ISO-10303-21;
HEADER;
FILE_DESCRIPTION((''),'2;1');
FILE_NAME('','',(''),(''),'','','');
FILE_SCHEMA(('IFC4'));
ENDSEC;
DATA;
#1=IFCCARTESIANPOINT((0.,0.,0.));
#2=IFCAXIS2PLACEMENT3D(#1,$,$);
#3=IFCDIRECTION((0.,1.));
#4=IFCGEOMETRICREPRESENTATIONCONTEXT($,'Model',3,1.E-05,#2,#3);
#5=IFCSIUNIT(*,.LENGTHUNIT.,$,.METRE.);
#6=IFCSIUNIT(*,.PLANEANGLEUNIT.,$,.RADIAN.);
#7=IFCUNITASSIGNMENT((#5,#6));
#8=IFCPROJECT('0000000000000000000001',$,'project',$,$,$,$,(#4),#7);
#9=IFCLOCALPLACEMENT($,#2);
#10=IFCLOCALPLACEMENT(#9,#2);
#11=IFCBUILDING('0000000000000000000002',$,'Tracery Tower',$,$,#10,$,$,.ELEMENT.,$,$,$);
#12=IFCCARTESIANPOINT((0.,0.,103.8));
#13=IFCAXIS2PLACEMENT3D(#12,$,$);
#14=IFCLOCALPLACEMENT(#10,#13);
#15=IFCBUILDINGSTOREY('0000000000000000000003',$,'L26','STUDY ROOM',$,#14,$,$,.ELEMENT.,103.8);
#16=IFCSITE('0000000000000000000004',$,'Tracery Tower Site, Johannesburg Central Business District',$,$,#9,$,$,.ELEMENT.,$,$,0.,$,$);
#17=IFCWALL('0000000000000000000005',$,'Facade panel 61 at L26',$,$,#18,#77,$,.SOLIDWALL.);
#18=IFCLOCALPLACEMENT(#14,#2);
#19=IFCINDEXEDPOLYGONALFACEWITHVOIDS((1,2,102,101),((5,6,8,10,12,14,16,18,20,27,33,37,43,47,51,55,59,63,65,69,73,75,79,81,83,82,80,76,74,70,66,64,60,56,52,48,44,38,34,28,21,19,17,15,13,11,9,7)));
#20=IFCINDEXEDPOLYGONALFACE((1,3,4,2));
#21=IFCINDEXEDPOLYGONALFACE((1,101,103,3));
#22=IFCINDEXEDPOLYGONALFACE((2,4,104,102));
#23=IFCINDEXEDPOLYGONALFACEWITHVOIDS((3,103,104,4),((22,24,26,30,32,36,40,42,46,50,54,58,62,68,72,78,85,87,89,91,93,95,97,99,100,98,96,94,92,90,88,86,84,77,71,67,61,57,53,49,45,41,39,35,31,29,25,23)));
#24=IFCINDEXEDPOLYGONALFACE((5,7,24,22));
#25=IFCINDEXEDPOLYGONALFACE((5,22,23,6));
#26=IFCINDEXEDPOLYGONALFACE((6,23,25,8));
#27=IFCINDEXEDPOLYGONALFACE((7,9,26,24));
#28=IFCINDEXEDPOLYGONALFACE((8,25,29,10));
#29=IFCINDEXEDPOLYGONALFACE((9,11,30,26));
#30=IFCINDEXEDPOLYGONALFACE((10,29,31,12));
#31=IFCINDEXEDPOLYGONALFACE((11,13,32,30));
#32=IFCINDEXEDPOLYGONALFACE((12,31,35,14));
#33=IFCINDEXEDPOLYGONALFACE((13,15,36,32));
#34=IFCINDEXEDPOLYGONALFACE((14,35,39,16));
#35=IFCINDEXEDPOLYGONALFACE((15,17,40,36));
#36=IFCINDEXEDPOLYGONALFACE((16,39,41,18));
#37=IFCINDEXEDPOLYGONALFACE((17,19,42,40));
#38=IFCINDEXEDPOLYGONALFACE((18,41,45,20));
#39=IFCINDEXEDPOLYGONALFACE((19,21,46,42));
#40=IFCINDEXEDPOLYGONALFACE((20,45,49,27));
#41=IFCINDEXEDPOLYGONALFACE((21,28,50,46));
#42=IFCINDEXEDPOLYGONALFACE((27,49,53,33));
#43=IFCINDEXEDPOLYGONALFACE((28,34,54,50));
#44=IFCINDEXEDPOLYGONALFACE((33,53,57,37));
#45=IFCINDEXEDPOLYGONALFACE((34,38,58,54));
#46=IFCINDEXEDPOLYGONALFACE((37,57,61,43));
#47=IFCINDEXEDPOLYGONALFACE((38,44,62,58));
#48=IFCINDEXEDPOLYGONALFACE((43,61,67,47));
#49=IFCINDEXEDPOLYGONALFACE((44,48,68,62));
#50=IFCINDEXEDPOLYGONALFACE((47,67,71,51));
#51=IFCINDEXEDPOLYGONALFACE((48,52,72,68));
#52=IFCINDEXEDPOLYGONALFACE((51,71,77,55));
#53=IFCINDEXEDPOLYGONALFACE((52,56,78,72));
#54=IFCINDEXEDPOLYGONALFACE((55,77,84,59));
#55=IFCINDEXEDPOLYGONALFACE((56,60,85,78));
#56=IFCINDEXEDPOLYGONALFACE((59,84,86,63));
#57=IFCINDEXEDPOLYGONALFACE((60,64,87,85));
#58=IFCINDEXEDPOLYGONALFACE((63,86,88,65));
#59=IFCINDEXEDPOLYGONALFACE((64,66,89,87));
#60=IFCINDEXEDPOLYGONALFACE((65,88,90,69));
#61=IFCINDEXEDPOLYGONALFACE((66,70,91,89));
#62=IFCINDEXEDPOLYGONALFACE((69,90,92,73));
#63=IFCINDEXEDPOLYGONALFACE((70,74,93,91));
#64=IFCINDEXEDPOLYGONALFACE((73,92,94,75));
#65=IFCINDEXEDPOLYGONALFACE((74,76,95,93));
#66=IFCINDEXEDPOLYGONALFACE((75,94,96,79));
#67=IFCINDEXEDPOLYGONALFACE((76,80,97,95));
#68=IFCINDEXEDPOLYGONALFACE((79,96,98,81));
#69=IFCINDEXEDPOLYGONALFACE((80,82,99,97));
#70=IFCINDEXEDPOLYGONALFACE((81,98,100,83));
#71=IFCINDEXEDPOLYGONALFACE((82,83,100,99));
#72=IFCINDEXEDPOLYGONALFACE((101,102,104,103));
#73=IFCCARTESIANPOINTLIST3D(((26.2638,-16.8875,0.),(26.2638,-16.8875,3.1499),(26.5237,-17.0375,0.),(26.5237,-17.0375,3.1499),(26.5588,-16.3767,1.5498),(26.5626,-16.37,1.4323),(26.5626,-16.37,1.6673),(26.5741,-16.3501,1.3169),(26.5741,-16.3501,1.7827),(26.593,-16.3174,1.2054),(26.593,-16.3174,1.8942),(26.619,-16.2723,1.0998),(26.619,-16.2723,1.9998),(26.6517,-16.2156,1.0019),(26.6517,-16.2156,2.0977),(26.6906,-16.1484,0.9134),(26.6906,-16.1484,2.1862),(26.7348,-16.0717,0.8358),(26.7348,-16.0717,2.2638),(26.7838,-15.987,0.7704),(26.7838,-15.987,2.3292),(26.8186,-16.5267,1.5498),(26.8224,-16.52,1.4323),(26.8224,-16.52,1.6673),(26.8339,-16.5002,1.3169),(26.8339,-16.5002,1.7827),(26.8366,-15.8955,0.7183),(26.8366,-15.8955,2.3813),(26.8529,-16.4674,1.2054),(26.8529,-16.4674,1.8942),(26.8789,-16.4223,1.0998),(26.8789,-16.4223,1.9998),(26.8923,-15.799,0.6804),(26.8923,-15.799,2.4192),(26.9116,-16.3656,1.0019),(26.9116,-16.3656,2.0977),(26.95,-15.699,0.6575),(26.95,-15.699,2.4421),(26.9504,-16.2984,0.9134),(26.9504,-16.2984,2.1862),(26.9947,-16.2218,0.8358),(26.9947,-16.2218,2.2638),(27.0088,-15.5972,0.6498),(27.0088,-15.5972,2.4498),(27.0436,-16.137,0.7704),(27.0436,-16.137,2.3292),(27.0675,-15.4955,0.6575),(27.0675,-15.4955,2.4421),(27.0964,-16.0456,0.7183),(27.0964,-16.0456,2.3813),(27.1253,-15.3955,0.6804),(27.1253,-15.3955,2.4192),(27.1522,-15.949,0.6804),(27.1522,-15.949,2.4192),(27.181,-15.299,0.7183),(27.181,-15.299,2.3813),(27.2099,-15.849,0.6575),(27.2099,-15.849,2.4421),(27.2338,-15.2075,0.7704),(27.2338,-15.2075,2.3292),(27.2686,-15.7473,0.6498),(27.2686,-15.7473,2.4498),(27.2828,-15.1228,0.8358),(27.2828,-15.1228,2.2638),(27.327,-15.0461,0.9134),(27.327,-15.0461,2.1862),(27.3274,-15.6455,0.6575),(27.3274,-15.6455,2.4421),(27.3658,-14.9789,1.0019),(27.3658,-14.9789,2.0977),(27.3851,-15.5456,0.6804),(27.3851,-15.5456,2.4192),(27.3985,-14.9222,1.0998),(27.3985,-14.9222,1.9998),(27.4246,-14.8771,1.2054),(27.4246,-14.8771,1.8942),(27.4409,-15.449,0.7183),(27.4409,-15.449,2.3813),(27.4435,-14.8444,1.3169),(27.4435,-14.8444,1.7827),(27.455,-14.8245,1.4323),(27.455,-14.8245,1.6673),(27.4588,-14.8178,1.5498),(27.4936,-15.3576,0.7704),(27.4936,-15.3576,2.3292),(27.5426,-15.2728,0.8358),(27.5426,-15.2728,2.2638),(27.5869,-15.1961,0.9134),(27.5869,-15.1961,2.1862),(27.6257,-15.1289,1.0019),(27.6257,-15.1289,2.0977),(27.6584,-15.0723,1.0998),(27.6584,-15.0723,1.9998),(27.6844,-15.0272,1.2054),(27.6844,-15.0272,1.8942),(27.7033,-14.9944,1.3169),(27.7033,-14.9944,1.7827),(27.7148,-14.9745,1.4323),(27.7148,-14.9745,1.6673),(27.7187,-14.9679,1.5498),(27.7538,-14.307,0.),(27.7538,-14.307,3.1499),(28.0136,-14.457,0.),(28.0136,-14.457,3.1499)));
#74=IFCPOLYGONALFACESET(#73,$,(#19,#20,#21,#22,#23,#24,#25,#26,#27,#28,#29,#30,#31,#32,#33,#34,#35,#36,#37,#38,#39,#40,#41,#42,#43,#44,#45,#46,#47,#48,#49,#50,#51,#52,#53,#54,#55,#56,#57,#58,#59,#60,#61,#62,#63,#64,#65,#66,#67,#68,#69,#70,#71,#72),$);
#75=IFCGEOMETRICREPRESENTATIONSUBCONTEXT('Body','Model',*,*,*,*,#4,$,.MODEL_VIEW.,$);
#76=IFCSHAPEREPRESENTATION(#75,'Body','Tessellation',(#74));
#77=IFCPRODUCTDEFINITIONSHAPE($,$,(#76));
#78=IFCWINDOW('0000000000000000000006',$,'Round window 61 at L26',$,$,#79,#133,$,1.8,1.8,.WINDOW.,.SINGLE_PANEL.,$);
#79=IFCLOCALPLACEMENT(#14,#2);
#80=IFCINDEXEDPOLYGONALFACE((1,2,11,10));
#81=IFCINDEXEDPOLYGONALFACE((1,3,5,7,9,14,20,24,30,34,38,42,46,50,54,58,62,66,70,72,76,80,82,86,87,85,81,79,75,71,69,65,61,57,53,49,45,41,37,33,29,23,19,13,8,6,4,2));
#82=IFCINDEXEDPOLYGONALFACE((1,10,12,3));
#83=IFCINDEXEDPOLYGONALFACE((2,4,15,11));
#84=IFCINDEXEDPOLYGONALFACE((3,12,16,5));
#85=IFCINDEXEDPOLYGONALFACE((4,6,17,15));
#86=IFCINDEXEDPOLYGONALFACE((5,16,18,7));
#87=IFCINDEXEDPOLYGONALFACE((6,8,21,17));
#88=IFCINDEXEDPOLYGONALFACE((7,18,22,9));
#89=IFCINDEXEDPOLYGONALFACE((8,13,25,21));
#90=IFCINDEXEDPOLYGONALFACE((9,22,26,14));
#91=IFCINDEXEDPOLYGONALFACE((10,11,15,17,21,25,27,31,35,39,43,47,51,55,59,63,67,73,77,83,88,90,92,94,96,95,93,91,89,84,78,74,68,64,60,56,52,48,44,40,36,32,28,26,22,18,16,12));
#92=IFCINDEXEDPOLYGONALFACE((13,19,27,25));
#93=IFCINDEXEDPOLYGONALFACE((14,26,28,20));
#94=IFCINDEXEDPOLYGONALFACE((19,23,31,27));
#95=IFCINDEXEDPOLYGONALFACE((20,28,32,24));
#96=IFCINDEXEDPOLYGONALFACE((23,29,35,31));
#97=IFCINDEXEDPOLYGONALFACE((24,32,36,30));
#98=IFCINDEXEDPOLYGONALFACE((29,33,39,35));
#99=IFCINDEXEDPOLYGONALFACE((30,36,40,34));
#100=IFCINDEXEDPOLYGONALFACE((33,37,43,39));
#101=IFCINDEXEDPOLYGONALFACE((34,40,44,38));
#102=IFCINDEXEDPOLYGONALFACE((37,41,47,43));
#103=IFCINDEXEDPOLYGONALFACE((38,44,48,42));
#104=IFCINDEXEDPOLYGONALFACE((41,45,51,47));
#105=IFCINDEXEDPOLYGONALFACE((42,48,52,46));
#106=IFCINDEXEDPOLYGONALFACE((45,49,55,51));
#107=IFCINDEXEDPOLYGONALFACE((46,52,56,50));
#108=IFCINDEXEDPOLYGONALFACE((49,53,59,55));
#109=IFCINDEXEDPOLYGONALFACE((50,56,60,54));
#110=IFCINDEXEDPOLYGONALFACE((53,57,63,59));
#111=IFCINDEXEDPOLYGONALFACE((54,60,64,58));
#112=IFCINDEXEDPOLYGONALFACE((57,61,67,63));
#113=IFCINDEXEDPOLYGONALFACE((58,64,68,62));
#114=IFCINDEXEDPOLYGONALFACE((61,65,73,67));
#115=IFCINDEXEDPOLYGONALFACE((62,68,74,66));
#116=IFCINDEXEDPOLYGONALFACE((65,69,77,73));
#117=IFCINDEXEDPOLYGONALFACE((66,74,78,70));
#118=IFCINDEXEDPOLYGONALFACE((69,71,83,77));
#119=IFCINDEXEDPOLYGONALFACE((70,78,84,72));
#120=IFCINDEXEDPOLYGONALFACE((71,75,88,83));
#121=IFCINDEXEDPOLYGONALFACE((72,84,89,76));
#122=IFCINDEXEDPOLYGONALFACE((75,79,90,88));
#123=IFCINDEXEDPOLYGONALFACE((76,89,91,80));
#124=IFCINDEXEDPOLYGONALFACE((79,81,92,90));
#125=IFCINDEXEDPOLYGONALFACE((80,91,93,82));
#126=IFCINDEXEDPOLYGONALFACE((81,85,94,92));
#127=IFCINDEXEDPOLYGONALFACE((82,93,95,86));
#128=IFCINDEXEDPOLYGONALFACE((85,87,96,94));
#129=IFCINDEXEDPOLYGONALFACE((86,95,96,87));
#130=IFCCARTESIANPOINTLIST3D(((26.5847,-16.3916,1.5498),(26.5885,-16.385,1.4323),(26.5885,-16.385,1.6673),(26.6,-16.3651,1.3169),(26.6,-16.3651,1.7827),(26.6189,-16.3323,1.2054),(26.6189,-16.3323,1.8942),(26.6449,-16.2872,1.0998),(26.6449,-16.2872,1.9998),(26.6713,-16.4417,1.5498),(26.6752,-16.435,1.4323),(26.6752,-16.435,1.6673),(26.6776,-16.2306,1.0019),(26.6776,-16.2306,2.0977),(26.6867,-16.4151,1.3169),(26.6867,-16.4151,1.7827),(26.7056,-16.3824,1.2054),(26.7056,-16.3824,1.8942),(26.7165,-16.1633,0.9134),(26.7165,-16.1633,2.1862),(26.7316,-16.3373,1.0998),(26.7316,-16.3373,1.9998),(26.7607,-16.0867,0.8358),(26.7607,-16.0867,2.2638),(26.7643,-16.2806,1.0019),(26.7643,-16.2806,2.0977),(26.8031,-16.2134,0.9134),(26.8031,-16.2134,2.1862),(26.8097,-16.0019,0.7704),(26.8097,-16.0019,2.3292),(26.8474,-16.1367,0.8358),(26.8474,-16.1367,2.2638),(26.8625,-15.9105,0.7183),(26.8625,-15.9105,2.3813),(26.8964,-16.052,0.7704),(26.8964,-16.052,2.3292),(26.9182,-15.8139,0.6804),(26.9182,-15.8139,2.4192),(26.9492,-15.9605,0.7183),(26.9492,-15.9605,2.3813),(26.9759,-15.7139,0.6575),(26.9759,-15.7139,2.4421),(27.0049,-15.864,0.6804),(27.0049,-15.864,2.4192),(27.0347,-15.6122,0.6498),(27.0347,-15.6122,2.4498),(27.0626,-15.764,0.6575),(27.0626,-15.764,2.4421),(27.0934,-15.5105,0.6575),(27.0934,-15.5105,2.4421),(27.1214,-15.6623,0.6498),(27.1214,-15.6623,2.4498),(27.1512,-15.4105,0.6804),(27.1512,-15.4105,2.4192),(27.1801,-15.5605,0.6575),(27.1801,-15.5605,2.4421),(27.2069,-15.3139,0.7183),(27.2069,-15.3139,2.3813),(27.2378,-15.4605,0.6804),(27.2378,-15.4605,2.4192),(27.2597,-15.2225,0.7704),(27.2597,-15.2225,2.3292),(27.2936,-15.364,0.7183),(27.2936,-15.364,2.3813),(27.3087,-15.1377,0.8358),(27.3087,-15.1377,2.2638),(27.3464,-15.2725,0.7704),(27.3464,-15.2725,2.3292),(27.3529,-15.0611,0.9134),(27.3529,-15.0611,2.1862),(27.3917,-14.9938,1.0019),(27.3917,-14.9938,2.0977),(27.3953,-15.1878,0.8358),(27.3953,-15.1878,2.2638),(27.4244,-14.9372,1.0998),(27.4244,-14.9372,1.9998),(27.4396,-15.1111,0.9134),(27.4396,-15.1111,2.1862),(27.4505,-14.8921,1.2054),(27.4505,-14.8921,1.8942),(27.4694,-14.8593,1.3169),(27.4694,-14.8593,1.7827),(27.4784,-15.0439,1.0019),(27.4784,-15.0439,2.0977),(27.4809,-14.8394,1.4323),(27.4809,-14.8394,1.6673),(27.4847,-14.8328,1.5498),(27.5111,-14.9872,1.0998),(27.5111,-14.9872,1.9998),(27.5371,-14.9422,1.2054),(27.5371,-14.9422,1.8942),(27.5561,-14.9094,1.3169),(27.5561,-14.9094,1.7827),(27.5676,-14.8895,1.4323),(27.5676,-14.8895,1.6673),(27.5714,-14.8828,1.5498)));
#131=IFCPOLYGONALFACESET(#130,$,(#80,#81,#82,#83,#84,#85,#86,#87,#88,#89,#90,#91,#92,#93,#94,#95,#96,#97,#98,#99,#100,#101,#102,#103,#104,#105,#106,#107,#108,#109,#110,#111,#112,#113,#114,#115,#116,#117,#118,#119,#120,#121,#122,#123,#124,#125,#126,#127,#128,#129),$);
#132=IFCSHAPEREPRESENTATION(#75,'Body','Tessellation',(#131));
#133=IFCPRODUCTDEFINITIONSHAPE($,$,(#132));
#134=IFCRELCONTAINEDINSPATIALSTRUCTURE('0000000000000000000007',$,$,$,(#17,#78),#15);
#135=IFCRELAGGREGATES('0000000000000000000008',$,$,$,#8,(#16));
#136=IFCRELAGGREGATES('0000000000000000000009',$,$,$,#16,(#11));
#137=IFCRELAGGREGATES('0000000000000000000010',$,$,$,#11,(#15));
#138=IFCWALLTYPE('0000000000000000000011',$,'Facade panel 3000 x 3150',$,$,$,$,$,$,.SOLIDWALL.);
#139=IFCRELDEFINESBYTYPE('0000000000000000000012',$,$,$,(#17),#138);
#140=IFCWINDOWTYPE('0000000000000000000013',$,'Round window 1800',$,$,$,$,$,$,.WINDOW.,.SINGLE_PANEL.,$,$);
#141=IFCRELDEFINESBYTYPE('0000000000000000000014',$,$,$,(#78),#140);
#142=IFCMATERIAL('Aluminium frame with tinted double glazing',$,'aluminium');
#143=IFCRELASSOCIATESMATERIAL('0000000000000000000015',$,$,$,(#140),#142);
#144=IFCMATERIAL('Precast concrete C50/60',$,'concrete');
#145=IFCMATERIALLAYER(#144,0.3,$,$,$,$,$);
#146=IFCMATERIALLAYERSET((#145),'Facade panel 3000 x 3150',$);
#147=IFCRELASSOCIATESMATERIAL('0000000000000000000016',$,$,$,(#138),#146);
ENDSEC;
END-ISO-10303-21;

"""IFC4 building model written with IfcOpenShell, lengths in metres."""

from ifc_helpers import new_model, si_unit, direction, frame, frame_2d, origin, origin_2d, place, context, subcontext, project, spatial, rectangle, circle, extrude, material, layer, layer_set, type_object, element, fill, save


model = new_model("IFC4")

# Units and contexts
model_context = context("Model", 3, precision=1e-05, world=origin(), true_north=direction((0.0, 1.0)))
body_context = subcontext(model_context, "Body", "Model", "MODEL_VIEW")
ifc_project = project(units=[si_unit("LENGTHUNIT", "METRE"), si_unit("PLANEANGLEUNIT", "RADIAN")], contexts=[model_context])

# Site, building, storey
site_placement = place(None, origin())
site = spatial("IfcSite", under=ifc_project, at=site_placement, Name="Tracery Tower Site, Johannesburg Central Business District", CompositionType="ELEMENT", RefElevation=0.0)
building_placement = place(site_placement, origin())
building = spatial("IfcBuilding", under=site, at=building_placement, Name="Tracery Tower", CompositionType="ELEMENT")
storey_placement = place(building_placement, frame((0.0, 0.0, 103.8)))
storey = spatial("IfcBuildingStorey", under=building, at=storey_placement, Name="L26", Description="STUDY ROOM", CompositionType="ELEMENT", Elevation=103.8)

# Wall, opening, window
ifc_material_1 = material(Name="Aluminium frame with tinted double glazing", Category="aluminium")
window_type = type_object("IfcWindowType", Name="Round window 1800", PartitioningType="SINGLE_PANEL", PredefinedType="WINDOW", material=ifc_material_1)
ifc_material_2 = material(Name="Precast concrete C50/60", Category="concrete")
ifc_layer_1 = layer(ifc_material_2, 0.3)
ifc_layer_set_1 = layer_set([ifc_layer_1], Name="Facade panel 3000 x 3150")
wall_type_1 = type_object("IfcWallType", Name="Facade panel 3000 x 3150", PredefinedType="SOLIDWALL", material=ifc_layer_set_1)
wall_1_placement = place(storey_placement, frame((26.3938, -16.9624, 0.0), z_axis=(0.0, 0.0, 1.0), x_axis=(0.500025, 0.866011, 0.0)))
wall_1 = element("IfcWall", 1, at=wall_1_placement, inside=storey, type_object=wall_type_1, Name="Facade panel 61 at L26", PredefinedType="SOLIDWALL", context=body_context, shape_type="SweptSolid", body=[
    extrude(rectangle(XDim=2.9797, YDim=0.3, at=frame_2d((1.4897, 0.0))), origin(), (0.0, 0.0, 1.0), 3.1499),
])
opening_1_placement = place(wall_1_placement, frame((1.4897, 0.0, 1.5498)))
opening_1 = element("IfcOpeningElement", 2, at=opening_1_placement, cuts=wall_1, PredefinedType="OPENING", context=body_context, shape_type="SweptSolid", body=[
    extrude(circle(Radius=0.9, at=origin_2d()), frame((0.0, 0.1599, 0.0), z_axis=(0.0, -1.0, 0.0), x_axis=(1.0, 0.0, 0.0)), (0.0, 0.0, 1.0), 0.3201),
])
window_1_placement = place(opening_1_placement, origin())
window_1 = element("IfcWindow", 3, at=window_1_placement, inside=storey, type_object=window_type, Name="Round window 61 at L26", OverallHeight=1.8, OverallWidth=1.8, PartitioningType="SINGLE_PANEL", PredefinedType="WINDOW", context=body_context, shape_type="SweptSolid", body=[
    extrude(circle(Radius=0.9, at=origin_2d()), frame((0.0, 0.1201, 0.0), z_axis=(0.0, -1.0, 0.0), x_axis=(1.0, 0.0, 0.0)), (0.0, 0.0, 1.0), 0.1001),
])
fill(opening_1, window_1)

save(model, "model.ifc")
